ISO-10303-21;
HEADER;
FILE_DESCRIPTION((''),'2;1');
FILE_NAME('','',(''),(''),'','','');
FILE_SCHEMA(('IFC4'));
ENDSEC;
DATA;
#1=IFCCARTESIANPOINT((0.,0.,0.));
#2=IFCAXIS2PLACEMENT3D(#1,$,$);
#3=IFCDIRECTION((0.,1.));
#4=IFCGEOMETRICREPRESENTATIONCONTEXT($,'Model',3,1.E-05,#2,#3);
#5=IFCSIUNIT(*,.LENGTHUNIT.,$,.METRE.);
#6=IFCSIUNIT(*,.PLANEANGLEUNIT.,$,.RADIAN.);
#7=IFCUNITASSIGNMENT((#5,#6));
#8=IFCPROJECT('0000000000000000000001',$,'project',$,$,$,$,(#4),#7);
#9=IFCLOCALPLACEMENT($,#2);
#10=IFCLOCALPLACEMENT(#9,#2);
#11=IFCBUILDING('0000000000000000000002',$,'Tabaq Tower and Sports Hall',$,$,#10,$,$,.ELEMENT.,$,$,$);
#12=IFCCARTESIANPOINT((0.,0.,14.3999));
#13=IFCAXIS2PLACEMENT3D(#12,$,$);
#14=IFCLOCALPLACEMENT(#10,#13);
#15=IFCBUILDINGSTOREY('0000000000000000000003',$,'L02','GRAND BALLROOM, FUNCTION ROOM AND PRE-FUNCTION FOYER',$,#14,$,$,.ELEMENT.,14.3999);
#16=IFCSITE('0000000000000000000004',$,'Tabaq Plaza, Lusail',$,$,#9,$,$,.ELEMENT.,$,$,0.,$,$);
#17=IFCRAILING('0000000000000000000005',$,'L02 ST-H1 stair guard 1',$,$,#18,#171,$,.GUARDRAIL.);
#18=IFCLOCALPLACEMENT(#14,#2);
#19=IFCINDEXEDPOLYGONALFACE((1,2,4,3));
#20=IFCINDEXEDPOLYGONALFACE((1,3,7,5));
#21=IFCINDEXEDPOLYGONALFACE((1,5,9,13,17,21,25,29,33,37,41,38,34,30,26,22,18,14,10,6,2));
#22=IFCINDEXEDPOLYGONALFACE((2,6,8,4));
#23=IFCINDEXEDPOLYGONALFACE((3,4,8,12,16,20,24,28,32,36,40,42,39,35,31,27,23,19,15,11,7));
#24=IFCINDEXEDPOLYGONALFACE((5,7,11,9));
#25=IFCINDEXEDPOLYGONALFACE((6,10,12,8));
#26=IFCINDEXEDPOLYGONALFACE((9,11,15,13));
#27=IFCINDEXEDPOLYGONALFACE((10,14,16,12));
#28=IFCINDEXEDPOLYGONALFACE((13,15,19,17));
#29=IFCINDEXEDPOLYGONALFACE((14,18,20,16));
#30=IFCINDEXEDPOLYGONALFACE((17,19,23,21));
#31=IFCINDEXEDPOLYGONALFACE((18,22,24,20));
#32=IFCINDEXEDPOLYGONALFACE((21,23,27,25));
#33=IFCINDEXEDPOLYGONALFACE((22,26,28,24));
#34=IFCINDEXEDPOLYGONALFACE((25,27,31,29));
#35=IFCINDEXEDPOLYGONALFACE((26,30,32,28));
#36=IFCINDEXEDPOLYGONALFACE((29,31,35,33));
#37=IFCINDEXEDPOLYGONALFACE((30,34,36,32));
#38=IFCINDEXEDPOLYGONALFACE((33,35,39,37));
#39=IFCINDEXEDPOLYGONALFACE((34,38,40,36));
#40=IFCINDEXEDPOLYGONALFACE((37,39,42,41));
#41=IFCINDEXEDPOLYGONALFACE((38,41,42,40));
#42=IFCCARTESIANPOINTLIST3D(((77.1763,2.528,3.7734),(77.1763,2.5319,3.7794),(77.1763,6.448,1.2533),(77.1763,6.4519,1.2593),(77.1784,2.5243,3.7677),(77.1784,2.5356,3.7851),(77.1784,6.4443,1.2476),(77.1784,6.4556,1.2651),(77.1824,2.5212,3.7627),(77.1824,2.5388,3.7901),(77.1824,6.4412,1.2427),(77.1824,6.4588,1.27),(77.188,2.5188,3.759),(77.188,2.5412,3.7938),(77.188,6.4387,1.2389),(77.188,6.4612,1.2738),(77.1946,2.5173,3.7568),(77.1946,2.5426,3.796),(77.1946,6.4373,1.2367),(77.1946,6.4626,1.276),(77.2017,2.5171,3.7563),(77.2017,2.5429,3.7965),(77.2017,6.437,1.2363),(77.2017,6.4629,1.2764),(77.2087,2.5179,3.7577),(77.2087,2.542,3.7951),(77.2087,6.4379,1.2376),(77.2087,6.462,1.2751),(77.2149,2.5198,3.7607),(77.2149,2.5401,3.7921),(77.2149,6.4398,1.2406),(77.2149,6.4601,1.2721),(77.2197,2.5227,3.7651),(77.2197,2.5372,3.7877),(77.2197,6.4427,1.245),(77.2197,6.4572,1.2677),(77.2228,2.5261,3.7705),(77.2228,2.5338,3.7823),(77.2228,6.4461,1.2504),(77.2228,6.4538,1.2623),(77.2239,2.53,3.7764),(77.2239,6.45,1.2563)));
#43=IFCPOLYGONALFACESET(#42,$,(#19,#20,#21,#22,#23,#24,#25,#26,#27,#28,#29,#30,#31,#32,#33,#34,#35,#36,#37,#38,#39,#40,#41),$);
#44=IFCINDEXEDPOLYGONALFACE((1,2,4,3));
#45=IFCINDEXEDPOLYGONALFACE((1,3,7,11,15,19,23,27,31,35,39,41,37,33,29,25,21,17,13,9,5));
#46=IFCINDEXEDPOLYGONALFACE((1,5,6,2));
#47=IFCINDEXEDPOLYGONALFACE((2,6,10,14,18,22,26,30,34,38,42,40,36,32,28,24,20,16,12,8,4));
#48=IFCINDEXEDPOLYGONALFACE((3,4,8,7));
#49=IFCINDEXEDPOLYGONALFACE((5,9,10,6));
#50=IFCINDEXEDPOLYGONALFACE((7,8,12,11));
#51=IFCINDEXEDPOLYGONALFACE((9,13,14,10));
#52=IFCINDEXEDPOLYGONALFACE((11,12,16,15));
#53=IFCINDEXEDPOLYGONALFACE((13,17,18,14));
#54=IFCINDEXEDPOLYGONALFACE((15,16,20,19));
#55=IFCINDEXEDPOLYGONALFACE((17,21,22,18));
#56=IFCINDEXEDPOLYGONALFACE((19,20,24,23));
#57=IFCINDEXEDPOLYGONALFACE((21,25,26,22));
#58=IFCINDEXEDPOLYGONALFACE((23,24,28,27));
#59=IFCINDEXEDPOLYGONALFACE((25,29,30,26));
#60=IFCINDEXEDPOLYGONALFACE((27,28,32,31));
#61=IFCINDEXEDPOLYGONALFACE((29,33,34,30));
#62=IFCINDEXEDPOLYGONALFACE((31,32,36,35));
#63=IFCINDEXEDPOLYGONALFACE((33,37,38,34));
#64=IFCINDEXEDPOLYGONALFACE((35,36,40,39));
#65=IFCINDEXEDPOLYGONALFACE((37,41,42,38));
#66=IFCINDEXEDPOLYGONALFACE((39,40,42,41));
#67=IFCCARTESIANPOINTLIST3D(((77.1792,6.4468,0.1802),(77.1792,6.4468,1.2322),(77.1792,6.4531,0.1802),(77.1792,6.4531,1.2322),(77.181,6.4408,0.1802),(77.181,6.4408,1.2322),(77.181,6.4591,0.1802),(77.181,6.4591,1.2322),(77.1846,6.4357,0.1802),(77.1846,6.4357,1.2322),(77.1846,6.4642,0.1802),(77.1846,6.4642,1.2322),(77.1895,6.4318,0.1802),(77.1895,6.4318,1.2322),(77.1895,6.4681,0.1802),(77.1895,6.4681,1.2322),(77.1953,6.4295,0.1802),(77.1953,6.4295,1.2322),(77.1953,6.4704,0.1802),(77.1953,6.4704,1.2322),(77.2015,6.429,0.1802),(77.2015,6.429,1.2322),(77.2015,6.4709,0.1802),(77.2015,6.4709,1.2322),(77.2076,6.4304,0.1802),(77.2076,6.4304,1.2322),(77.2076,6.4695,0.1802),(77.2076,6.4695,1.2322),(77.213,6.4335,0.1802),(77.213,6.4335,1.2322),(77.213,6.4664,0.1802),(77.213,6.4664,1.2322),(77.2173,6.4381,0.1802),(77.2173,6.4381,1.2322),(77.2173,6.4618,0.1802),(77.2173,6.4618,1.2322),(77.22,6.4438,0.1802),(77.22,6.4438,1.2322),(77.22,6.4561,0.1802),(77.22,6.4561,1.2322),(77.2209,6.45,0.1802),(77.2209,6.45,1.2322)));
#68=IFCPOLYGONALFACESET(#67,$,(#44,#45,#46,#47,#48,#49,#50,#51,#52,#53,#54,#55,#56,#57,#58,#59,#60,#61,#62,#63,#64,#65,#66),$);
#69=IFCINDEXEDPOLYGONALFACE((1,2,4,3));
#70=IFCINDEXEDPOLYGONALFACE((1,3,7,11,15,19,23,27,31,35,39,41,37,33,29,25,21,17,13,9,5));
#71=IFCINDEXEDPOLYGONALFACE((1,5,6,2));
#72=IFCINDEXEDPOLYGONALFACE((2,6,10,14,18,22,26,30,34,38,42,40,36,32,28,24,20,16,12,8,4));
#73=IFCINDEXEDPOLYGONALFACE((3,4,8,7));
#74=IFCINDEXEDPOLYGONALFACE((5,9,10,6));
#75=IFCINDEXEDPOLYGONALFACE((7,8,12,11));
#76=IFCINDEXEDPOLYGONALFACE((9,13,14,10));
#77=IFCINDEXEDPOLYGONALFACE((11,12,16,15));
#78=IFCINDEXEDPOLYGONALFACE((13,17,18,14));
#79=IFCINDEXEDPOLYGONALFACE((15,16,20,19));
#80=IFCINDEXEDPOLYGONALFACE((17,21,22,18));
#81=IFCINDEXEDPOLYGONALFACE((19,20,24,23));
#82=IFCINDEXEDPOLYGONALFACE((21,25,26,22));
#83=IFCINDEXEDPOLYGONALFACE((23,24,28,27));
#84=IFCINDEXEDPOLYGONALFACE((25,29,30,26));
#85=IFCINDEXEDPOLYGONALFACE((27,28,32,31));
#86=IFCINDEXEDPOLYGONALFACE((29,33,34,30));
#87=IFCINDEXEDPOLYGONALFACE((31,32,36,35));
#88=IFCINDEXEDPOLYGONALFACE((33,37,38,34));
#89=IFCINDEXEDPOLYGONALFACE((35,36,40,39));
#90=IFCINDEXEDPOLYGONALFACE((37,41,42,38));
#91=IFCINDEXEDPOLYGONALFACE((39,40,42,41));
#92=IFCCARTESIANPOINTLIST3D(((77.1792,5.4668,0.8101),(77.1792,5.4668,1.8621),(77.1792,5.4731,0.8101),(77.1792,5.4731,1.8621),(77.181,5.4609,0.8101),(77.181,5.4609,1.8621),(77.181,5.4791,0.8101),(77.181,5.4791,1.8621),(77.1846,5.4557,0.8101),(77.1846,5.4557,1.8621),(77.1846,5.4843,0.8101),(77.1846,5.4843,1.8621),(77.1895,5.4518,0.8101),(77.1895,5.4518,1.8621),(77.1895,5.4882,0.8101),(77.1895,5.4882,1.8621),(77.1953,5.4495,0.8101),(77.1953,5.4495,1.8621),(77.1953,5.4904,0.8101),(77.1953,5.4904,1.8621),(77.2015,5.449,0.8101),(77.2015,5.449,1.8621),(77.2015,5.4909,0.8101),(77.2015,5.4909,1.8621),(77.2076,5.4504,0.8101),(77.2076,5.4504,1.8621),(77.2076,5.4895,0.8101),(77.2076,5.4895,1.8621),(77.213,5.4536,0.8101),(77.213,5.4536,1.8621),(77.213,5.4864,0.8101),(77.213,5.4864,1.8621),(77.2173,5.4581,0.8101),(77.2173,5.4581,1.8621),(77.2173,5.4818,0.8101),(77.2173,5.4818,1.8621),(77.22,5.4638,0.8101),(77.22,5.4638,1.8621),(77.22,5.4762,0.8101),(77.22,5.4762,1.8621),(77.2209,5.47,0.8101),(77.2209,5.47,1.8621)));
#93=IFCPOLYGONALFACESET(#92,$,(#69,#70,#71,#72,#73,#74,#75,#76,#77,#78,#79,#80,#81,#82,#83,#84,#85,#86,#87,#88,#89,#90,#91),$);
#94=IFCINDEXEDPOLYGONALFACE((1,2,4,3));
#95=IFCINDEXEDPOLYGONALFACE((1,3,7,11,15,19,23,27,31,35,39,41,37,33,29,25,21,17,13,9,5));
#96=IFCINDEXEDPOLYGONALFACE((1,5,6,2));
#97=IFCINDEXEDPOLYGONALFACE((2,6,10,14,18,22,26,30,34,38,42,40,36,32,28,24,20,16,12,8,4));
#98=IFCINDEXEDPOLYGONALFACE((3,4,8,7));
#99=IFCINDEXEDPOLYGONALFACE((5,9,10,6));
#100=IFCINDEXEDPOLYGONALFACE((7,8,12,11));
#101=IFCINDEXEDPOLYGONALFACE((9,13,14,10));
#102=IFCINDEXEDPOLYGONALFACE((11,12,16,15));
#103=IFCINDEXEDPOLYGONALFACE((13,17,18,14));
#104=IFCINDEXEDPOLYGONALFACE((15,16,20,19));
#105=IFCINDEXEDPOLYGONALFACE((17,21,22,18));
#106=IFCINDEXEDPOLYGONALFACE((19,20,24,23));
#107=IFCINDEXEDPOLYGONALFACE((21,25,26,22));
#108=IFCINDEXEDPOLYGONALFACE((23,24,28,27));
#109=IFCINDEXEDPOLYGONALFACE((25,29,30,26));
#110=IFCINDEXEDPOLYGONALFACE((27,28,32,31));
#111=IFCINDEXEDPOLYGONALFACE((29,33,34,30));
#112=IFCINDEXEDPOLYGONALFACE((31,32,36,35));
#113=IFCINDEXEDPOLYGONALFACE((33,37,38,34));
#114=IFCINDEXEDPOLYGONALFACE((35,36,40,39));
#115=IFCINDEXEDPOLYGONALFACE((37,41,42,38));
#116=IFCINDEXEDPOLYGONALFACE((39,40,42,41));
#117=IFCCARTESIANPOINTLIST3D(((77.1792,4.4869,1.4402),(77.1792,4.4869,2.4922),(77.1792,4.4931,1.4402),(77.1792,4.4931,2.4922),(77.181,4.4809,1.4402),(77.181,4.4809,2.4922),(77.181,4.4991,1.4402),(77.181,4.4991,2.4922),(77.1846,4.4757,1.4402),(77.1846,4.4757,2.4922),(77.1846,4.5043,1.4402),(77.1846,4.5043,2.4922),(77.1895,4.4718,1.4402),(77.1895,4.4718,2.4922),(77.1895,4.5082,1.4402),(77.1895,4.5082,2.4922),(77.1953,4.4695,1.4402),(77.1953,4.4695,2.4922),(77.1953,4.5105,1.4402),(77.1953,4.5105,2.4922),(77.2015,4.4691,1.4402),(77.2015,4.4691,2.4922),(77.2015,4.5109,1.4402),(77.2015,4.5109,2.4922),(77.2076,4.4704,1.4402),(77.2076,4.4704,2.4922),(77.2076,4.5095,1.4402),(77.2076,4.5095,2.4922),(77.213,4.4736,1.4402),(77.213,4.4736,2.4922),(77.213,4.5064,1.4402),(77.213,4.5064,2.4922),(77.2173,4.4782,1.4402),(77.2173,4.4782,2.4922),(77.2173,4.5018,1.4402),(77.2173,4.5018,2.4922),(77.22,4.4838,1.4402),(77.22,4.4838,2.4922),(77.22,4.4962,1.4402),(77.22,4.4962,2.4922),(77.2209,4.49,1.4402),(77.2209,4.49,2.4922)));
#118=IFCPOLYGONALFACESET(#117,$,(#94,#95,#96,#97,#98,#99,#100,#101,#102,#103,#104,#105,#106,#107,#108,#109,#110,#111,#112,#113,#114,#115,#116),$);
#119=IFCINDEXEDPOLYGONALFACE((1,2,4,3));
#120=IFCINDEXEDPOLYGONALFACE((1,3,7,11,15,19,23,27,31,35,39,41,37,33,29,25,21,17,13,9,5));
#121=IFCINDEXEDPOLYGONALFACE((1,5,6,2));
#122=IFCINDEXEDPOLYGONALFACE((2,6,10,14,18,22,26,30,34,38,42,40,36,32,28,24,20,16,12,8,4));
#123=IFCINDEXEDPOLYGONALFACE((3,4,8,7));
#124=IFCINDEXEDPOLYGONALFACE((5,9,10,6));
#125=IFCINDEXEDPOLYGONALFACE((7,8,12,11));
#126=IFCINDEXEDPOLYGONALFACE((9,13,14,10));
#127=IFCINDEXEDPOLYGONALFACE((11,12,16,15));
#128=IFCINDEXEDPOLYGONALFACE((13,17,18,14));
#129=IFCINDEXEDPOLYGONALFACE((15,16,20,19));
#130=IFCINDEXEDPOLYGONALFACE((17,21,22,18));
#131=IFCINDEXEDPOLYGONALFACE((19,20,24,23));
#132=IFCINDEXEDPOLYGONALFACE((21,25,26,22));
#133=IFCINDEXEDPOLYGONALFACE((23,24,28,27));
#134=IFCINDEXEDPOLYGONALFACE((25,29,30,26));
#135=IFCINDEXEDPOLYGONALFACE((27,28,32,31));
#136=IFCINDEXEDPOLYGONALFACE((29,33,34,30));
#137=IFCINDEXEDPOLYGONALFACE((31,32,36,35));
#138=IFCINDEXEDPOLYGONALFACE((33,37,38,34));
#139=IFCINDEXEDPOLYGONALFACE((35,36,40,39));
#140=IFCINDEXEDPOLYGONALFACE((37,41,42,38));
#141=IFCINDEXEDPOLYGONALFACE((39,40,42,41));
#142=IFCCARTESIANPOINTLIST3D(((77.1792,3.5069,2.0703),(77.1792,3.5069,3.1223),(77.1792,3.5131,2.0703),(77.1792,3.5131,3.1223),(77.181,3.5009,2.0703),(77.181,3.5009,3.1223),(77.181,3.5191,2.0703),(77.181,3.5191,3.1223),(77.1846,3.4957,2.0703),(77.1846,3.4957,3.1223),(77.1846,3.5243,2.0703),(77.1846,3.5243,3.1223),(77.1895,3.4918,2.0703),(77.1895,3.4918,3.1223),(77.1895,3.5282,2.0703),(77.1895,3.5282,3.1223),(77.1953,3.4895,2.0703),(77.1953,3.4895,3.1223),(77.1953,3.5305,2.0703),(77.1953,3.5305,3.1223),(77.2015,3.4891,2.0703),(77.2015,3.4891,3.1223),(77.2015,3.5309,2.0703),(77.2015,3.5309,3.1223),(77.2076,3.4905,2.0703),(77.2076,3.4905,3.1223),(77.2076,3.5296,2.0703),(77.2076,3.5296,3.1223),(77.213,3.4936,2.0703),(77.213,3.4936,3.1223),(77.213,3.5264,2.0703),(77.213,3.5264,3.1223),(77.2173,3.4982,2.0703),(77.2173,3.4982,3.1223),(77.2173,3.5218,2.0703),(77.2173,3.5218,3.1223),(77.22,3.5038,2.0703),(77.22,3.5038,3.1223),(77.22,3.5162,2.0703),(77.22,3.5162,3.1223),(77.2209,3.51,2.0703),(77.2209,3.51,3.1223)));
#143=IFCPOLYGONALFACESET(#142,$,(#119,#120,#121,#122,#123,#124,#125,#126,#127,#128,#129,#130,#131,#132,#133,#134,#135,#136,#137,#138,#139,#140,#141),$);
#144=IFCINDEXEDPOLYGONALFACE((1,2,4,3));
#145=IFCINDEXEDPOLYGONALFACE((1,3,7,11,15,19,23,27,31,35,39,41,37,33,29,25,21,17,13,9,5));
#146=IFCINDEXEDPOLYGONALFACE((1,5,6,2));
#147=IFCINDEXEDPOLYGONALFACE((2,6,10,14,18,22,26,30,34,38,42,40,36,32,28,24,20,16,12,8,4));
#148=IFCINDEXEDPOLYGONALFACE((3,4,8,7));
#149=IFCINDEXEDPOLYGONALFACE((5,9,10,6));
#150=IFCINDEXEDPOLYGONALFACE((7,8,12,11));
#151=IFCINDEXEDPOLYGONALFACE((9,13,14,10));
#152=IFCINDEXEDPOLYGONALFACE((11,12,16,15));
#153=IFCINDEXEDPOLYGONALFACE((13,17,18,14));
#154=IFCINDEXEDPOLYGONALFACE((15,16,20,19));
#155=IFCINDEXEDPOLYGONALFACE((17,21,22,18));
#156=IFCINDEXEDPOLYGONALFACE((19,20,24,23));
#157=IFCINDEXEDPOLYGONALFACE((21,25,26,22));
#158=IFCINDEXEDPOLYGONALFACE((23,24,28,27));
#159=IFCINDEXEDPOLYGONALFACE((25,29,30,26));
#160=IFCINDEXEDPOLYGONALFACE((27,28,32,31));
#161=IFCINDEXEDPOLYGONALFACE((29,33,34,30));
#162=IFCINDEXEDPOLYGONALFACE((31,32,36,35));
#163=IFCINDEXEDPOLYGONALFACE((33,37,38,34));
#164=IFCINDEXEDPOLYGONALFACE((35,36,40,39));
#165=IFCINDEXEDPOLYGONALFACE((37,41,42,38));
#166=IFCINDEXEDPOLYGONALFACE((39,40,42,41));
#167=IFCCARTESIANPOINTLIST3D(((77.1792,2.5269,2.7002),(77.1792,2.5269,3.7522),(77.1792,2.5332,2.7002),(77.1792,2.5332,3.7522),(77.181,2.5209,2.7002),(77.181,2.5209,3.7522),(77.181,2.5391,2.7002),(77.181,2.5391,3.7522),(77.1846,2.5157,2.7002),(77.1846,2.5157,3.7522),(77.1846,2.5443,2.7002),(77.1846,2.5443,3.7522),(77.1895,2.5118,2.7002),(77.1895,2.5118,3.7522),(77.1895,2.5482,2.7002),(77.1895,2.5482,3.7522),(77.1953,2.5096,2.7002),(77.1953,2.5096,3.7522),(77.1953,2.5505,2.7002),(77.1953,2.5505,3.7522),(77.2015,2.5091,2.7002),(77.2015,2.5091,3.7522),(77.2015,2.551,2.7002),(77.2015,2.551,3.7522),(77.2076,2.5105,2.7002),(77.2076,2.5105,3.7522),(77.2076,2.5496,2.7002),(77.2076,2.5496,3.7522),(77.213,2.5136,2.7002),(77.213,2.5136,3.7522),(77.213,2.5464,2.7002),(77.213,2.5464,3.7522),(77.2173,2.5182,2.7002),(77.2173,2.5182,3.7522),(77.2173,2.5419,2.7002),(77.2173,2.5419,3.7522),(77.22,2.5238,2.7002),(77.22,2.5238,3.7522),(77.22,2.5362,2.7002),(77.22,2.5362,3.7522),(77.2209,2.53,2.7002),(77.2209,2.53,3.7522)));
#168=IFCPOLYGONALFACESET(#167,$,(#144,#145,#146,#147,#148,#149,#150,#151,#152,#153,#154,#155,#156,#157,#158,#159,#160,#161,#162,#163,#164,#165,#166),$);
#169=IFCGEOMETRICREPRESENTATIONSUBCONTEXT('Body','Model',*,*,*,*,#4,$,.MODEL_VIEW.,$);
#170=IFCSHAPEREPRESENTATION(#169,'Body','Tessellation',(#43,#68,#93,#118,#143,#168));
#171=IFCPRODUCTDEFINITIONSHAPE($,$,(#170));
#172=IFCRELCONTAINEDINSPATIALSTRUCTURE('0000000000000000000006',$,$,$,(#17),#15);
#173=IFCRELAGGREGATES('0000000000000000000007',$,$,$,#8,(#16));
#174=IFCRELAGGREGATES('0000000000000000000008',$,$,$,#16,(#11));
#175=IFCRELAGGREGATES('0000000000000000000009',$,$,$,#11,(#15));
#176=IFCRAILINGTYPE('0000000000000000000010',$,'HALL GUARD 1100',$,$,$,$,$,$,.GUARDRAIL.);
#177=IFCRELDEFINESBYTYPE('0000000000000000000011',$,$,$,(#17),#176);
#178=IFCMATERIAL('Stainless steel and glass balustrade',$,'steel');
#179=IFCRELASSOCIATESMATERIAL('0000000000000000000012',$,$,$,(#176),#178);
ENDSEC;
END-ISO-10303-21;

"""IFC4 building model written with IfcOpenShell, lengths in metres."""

from ifc_helpers import new_model, si_unit, direction, frame, origin, origin_2d, place, context, subcontext, project, spatial, circle, extrude, material, type_object, element, save


model = new_model("IFC4")

# Units and contexts
model_context = context("Model", 3, precision=1e-05, world=origin(), true_north=direction((0.0, 1.0)))
body_context = subcontext(model_context, "Body", "Model", "MODEL_VIEW")
ifc_project = project(units=[si_unit("LENGTHUNIT", "METRE"), si_unit("PLANEANGLEUNIT", "RADIAN")], contexts=[model_context])

# Site, building, storey
site_placement = place(None, origin())
site = spatial("IfcSite", under=ifc_project, at=site_placement, Name="Tabaq Plaza, Lusail", CompositionType="ELEMENT", RefElevation=0.0)
building_placement = place(site_placement, origin())
building = spatial("IfcBuilding", under=site, at=building_placement, Name="Tabaq Tower and Sports Hall", CompositionType="ELEMENT")
storey_placement = place(building_placement, frame((0.0, 0.0, 14.3999)))
storey = spatial("IfcBuildingStorey", under=building, at=storey_placement, Name="L02", Description="GRAND BALLROOM, FUNCTION ROOM AND PRE-FUNCTION FOYER", CompositionType="ELEMENT", Elevation=14.3999)

# Railing
ifc_material_1 = material(Name="Stainless steel and glass balustrade", Category="steel")
railing_type_1 = type_object("IfcRailingType", Name="HALL GUARD 1100", PredefinedType="GUARDRAIL", material=ifc_material_1)
railing_1_placement = place(storey_placement, frame((77.2, 6.45, 0.1802)))
element("IfcRailing", 1, at=railing_1_placement, inside=storey, type_object=railing_type_1, Name="L02 ST-H1 stair guard 1", PredefinedType="GUARDRAIL", context=body_context, shape_type="SweptSolid", body=[
    extrude(circle(Radius=0.0239, at=origin_2d()), frame((0.0, 0.0, 1.0762), z_axis=(0.0, -0.841172, 0.540768), x_axis=(1.0, 0.0, 0.0)), (0.0, 0.0, 1.0), 4.6602),
    extrude(circle(Radius=0.021, at=origin_2d()), origin(), (0.0, 0.0, 1.0), 1.052),
    extrude(circle(Radius=0.021, at=origin_2d()), frame((0.0, -0.98, 0.6299)), (0.0, 0.0, 1.0), 1.052),
    extrude(circle(Radius=0.021, at=origin_2d()), frame((0.0, -1.96, 1.26)), (0.0, 0.0, 1.0), 1.052),
    extrude(circle(Radius=0.021, at=origin_2d()), frame((0.0, -2.9399, 1.8901)), (0.0, 0.0, 1.0), 1.052),
    extrude(circle(Radius=0.021, at=origin_2d()), frame((0.0, -3.9199, 2.52)), (0.0, 0.0, 1.0), 1.052),
])

save(model, "model.ifc")
